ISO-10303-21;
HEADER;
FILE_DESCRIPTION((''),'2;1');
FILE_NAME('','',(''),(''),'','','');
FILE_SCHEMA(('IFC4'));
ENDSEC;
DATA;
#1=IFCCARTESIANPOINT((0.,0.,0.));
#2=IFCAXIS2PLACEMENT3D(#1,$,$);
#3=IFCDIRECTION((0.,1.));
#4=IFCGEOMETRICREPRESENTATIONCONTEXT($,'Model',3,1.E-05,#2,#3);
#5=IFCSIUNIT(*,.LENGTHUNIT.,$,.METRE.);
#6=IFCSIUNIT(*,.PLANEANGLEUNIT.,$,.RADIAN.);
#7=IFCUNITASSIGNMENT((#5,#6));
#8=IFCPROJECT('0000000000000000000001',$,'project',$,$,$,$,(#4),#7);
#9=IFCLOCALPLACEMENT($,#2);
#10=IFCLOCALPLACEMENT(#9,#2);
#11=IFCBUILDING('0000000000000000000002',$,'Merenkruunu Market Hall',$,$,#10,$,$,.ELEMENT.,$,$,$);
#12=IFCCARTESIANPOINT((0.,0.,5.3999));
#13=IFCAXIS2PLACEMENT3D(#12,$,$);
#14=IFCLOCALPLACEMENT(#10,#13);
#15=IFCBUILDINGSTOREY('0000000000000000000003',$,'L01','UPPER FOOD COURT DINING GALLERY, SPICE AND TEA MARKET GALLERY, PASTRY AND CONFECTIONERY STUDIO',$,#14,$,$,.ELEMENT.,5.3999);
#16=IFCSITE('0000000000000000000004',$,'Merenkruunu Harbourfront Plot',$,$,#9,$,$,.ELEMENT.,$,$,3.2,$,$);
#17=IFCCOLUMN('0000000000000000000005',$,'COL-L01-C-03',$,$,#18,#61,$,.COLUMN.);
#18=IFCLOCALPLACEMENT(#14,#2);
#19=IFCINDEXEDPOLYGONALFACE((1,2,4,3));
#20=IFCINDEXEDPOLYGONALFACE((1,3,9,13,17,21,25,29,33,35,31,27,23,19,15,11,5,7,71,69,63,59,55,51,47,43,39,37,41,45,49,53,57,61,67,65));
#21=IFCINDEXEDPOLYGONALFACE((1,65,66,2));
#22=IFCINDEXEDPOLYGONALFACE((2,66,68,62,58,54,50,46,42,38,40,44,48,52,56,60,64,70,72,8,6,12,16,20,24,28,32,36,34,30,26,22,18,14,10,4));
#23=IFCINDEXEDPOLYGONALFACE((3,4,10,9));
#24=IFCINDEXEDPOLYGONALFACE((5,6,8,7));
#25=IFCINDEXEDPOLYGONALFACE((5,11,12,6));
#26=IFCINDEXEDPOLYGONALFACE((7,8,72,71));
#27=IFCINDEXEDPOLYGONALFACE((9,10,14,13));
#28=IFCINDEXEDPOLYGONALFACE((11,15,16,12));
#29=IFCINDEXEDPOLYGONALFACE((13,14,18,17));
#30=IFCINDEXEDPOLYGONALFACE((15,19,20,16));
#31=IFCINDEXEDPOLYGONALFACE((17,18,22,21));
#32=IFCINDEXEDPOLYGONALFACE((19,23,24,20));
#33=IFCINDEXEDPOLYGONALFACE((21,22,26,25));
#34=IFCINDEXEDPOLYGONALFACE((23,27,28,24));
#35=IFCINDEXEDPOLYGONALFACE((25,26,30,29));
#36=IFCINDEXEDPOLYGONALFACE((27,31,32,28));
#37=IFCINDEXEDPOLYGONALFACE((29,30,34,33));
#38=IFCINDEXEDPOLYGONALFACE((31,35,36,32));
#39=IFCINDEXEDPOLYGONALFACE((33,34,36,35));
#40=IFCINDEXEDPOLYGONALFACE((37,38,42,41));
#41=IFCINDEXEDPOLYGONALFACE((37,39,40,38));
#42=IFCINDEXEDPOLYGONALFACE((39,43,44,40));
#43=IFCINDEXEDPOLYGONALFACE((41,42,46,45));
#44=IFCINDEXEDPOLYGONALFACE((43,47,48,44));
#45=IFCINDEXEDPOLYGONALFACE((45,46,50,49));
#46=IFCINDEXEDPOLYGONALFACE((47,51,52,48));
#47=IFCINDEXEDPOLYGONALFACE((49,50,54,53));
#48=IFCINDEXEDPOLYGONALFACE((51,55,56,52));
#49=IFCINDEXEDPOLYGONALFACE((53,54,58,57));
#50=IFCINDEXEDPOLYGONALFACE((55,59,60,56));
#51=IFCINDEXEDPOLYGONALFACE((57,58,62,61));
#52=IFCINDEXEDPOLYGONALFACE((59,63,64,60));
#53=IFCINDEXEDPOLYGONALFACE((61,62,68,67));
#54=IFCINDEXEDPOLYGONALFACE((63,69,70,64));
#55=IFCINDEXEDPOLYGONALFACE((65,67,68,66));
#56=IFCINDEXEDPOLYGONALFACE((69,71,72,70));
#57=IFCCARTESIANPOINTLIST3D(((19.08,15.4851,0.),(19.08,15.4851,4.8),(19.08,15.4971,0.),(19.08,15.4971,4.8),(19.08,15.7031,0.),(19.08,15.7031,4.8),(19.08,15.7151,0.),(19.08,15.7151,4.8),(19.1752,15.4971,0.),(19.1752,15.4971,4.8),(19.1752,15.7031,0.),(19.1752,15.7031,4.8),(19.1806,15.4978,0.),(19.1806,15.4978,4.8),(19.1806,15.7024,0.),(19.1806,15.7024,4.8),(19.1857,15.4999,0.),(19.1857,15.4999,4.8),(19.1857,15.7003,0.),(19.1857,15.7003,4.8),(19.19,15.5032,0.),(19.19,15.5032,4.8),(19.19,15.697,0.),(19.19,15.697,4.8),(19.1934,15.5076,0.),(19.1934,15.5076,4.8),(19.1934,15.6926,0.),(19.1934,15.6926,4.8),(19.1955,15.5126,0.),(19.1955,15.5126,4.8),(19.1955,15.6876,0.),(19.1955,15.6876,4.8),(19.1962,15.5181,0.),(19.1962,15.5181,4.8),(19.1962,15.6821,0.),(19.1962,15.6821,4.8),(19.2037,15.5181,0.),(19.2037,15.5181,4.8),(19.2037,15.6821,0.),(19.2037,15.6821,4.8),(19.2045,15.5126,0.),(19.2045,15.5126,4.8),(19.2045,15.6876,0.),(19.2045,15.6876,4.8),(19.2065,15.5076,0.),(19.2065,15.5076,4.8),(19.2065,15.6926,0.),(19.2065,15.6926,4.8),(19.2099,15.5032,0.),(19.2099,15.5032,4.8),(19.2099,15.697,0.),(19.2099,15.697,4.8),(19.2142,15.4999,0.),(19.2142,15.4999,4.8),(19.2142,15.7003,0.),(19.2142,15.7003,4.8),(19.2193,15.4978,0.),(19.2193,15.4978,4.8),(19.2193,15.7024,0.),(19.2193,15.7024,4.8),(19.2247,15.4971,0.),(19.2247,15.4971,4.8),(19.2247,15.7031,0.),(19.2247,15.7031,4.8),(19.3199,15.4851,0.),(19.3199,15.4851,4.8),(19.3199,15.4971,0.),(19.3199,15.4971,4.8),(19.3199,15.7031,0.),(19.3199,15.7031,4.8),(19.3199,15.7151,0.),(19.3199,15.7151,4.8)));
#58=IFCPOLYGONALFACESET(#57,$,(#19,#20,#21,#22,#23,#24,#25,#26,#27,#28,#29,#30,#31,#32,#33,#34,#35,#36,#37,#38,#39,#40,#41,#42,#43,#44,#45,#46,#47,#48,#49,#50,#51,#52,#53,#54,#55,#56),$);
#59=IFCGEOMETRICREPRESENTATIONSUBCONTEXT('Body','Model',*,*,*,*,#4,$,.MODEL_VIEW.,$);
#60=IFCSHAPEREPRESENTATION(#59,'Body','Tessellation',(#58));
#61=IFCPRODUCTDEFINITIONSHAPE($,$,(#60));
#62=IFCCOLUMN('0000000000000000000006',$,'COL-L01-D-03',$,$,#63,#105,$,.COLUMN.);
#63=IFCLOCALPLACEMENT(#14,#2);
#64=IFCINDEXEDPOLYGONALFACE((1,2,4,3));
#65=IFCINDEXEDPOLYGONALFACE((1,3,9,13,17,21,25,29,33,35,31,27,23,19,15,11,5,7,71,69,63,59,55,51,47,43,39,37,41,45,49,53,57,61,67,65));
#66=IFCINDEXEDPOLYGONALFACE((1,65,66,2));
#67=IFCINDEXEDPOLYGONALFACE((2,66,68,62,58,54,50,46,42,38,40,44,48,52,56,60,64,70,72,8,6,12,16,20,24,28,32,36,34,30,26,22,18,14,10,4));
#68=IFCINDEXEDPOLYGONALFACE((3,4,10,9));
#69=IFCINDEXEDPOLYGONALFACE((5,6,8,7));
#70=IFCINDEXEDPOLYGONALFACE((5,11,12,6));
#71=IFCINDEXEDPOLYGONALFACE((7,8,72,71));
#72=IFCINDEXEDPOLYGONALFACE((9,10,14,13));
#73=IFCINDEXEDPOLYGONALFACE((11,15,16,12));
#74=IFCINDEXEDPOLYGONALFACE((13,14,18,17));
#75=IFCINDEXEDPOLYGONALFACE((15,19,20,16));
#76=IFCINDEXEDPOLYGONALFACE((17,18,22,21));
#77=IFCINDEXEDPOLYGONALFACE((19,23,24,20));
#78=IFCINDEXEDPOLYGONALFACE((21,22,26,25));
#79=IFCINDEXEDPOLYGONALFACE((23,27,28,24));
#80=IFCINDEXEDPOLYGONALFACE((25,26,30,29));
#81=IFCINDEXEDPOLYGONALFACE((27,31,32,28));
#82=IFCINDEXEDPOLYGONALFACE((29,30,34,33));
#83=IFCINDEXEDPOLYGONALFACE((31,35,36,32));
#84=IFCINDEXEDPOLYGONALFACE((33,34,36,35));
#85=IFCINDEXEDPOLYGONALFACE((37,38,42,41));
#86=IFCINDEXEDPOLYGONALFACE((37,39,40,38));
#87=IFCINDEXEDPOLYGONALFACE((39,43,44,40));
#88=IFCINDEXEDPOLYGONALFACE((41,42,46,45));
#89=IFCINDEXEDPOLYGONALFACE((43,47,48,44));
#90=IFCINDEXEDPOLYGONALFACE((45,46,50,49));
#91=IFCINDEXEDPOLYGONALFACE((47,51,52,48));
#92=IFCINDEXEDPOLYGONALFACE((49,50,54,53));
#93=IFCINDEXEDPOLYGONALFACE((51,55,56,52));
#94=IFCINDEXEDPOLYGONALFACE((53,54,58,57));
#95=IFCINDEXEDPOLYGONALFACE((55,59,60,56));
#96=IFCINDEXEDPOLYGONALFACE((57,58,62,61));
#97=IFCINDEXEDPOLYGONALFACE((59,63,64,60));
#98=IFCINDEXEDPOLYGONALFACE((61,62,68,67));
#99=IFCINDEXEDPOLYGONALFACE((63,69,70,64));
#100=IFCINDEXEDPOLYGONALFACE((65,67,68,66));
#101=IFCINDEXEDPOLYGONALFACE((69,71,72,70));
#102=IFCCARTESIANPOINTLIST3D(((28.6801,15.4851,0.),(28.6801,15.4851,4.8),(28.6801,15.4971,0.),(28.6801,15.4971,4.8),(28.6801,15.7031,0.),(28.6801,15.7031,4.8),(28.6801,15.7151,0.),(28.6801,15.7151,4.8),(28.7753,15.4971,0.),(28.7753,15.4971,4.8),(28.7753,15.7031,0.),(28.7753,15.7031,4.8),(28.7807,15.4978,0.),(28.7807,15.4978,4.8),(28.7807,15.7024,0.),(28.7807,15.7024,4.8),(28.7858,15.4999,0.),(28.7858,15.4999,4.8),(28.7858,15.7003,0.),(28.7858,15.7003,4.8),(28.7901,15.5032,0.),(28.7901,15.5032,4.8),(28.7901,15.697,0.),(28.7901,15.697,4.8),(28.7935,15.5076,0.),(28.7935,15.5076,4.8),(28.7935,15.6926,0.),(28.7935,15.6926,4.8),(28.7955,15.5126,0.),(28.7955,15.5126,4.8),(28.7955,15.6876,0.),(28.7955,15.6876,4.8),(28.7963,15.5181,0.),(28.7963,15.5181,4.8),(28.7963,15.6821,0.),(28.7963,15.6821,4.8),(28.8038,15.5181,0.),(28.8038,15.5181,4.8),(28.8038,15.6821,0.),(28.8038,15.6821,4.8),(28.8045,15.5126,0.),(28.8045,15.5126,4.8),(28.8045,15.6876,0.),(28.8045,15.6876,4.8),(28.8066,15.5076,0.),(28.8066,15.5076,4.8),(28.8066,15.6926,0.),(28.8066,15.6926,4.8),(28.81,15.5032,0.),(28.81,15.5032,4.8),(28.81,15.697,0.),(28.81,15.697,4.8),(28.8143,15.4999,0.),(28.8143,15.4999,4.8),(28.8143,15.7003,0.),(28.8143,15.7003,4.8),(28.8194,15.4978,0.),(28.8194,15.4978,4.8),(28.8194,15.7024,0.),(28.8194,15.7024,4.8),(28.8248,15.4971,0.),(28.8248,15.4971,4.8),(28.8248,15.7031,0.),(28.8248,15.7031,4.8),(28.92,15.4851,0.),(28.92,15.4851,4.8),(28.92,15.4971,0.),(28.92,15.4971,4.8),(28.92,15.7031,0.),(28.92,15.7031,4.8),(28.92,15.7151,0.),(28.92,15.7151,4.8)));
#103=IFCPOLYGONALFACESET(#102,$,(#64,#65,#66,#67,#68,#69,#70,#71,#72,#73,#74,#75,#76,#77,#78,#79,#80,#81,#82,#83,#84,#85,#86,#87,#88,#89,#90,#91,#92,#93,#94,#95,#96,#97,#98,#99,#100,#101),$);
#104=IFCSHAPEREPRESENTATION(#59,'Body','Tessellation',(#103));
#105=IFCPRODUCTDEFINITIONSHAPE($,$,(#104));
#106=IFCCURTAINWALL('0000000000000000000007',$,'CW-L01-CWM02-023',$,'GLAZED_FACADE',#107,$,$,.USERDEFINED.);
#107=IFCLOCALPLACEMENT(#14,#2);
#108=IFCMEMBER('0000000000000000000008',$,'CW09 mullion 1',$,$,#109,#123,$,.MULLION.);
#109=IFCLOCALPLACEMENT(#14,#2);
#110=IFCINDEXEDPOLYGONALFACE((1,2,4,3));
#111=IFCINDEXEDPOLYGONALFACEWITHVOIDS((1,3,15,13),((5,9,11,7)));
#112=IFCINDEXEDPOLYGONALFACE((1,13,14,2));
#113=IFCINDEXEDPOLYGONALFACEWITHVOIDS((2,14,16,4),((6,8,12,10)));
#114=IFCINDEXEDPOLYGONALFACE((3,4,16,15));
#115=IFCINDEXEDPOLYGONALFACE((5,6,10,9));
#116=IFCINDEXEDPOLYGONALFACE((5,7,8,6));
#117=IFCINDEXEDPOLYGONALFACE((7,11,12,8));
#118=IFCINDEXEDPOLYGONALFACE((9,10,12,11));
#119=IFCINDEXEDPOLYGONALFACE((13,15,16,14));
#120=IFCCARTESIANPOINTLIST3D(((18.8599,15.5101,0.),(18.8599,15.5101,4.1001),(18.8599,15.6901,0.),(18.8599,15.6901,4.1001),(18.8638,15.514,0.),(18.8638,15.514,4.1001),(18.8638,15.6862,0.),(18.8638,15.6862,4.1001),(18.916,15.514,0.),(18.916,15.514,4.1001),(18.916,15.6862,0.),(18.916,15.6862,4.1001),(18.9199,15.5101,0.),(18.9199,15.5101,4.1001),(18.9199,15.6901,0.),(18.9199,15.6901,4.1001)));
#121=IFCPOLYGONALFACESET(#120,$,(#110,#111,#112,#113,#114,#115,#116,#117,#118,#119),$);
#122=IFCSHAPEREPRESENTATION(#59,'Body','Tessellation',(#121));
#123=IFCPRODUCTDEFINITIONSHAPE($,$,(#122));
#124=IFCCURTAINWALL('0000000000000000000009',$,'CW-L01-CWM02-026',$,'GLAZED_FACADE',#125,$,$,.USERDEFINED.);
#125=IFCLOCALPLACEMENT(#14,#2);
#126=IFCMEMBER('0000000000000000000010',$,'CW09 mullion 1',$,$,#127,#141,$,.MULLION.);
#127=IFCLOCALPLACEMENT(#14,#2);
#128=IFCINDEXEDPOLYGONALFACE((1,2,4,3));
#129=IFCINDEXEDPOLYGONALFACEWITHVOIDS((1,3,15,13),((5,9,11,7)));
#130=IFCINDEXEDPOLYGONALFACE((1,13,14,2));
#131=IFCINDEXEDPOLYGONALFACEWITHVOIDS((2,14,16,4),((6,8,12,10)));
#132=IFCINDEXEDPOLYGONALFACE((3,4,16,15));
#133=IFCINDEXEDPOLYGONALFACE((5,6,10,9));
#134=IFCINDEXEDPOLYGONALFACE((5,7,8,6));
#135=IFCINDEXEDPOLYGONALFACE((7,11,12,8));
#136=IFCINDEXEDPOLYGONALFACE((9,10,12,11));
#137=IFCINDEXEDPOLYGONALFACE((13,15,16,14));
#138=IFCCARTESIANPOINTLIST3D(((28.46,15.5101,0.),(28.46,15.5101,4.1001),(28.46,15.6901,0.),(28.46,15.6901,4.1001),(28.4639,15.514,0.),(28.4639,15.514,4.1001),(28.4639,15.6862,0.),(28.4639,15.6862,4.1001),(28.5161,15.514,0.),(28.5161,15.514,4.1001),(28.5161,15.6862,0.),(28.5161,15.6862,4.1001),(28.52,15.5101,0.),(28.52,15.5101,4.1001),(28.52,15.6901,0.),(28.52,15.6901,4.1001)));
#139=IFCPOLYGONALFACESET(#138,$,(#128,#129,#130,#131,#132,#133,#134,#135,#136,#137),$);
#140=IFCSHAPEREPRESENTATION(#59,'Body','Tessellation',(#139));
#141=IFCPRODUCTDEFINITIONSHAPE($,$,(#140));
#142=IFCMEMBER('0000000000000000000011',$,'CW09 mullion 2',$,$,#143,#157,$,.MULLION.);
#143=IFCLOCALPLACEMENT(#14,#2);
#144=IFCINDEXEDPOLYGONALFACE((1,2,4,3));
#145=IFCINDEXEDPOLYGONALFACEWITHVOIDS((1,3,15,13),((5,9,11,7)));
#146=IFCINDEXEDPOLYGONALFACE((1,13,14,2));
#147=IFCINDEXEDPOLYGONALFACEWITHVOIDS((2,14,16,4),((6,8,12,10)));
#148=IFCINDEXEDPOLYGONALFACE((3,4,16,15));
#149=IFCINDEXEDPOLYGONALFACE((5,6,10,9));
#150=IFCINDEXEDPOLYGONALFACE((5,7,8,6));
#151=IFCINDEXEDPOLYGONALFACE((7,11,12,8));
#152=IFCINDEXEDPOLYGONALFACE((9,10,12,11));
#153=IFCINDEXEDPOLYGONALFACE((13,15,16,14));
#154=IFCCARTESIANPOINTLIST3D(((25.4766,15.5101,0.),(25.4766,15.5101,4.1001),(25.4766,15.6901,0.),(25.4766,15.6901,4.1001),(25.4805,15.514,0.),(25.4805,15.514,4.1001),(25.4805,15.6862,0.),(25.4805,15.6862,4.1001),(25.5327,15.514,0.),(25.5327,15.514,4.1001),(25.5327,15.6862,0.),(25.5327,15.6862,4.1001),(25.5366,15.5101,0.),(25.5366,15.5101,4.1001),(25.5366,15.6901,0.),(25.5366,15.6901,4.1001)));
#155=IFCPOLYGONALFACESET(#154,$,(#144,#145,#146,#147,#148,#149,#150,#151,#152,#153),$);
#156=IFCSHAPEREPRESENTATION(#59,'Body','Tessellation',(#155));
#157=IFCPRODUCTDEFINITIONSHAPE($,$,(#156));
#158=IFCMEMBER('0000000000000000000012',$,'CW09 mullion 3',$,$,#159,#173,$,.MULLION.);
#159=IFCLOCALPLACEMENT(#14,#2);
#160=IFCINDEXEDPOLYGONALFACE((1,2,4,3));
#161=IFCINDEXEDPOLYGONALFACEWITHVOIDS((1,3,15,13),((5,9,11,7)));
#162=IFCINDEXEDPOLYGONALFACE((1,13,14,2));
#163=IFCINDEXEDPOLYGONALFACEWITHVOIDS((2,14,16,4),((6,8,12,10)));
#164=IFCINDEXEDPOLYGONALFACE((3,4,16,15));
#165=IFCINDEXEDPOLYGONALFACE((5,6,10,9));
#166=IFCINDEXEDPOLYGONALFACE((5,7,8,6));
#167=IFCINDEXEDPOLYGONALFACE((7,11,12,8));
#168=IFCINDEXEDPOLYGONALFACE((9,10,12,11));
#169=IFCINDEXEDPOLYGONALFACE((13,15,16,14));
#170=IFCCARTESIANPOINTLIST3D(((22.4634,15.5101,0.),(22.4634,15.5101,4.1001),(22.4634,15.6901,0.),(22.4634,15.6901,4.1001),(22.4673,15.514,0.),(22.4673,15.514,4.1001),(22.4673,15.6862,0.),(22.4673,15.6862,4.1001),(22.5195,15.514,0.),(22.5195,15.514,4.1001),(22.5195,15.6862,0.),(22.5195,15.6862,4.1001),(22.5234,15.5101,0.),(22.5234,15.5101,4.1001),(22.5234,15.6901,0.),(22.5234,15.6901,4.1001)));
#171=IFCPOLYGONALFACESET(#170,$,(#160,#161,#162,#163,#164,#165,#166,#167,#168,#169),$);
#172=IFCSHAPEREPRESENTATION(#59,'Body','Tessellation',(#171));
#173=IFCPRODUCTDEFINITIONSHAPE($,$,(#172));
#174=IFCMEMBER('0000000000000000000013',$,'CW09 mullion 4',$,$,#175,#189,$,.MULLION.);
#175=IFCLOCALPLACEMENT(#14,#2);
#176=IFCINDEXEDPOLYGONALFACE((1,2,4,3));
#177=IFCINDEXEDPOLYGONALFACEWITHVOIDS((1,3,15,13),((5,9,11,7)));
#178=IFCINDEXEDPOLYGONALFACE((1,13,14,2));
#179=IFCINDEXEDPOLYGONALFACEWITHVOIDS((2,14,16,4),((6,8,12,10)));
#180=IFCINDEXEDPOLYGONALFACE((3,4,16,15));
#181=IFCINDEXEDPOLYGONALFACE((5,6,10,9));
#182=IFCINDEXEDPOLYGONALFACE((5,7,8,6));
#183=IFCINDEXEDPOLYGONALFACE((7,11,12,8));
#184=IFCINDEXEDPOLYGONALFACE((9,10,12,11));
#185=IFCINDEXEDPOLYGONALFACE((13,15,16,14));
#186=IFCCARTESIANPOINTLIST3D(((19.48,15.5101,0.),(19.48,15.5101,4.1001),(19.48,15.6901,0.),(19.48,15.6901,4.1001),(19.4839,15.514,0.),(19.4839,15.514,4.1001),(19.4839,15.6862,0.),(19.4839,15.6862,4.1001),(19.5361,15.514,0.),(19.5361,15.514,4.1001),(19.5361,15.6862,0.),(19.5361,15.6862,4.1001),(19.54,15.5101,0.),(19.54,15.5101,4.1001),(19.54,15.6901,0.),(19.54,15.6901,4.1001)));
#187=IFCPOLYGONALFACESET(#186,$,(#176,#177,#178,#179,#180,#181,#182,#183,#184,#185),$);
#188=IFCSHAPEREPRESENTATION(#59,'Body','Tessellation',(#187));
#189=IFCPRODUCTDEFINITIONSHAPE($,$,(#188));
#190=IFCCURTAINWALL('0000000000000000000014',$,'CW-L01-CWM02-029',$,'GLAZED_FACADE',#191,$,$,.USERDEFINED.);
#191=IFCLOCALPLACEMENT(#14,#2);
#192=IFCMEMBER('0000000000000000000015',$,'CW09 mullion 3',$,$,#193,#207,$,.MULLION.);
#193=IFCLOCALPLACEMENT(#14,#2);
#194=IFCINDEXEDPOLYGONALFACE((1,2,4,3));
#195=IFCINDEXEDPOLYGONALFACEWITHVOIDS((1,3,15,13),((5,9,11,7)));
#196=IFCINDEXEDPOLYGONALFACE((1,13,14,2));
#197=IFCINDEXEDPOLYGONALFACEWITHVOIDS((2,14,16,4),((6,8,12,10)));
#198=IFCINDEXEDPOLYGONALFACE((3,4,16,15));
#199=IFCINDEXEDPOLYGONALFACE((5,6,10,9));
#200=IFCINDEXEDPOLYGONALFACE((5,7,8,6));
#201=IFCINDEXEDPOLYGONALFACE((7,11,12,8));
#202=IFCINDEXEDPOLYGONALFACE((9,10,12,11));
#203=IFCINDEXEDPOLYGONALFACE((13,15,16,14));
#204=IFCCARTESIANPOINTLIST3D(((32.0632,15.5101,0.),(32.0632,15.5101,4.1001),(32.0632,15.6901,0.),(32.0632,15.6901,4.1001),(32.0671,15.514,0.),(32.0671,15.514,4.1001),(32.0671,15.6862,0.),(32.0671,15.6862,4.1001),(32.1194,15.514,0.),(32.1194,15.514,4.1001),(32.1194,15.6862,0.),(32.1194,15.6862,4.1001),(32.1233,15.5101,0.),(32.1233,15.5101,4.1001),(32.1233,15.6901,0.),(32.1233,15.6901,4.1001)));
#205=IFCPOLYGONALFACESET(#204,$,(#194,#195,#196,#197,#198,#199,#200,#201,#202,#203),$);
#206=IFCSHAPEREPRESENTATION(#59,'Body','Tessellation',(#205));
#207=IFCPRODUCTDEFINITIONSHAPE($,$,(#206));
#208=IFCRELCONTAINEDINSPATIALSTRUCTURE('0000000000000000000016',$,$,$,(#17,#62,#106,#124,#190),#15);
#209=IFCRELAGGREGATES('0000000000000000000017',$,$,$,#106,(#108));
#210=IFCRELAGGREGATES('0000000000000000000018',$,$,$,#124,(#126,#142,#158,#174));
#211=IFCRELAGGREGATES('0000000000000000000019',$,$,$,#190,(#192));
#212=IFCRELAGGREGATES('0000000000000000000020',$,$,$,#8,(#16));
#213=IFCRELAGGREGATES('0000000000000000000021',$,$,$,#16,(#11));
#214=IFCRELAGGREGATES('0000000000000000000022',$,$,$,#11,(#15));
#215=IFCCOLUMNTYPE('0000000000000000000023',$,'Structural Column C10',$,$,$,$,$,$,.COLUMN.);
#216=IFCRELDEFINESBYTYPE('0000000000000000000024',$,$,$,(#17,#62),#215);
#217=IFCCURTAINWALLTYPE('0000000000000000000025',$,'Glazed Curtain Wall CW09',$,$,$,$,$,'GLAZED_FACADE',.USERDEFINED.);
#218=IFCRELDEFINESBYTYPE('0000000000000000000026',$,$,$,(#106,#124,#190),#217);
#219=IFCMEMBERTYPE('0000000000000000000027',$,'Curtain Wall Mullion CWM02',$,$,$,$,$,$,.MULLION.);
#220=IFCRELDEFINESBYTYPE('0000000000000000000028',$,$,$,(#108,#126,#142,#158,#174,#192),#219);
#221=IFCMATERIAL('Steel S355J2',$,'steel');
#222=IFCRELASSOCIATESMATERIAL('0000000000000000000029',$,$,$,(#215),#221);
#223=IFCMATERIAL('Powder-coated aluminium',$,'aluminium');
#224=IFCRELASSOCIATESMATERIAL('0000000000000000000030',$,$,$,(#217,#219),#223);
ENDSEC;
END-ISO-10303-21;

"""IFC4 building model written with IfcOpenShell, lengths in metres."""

from ifc_helpers import new_model, si_unit, direction, frame, origin, origin_2d, place, context, subcontext, project, spatial, hollow_rectangle, i_section, extrude, material, material_profile, profile_set, type_object, element, aggregate, save


model = new_model("IFC4")

# Units and contexts
model_context = context("Model", 3, precision=1e-05, world=origin(), true_north=direction((0.0, 1.0)))
body_context = subcontext(model_context, "Body", "Model", "MODEL_VIEW")
ifc_project = project(units=[si_unit("LENGTHUNIT", "METRE"), si_unit("PLANEANGLEUNIT", "RADIAN")], contexts=[model_context])

# Site, building, storey
site_placement = place(None, origin())
site = spatial("IfcSite", under=ifc_project, at=site_placement, Name="Merenkruunu Harbourfront Plot", CompositionType="ELEMENT", RefElevation=3.2)
building_placement = place(site_placement, origin())
building = spatial("IfcBuilding", under=site, at=building_placement, Name="Merenkruunu Market Hall", CompositionType="ELEMENT")
storey_placement = place(building_placement, frame((0.0, 0.0, 5.3999)))
storey = spatial("IfcBuildingStorey", under=building, at=storey_placement, Name="L01", Description="UPPER FOOD COURT DINING GALLERY, SPICE AND TEA MARKET GALLERY, PASTRY AND CONFECTIONERY STUDIO", CompositionType="ELEMENT", Elevation=5.3999)

# Columns
ifc_material_1 = material(Name="Steel S355J2", Category="steel")
ifc_material_profile_1 = material_profile(ifc_material_1, i_section(OverallWidth=0.24, OverallDepth=0.23, WebThickness=0.0076, FlangeThickness=0.012, FilletRadius=0.021, at=origin_2d()), Name="HEA 240")
ifc_profile_set_1 = profile_set([ifc_material_profile_1], Name="Steel S355J2")
column_type = type_object("IfcColumnType", Name="Structural Column C10", PredefinedType="COLUMN", material=ifc_profile_set_1)
for number, where, z_axis, x_axis, name in (
    (1, (19.2, 15.6001, 0.0), (0.0, 0.0, 1.0), (1.0, 0.0, 0.0), "COL-L01-C-03"),
    (2, (28.8, 15.6001, 0.0), (0.0, 0.0, 1.0), (1.0, 0.0, 0.0), "COL-L01-D-03"),
):
    element("IfcColumn", number, at=place(storey_placement, frame(where, z_axis=z_axis, x_axis=x_axis)), inside=storey, type_object=column_type, Name=name, PredefinedType="COLUMN", context=body_context, shape_type="SweptSolid", body=[
        extrude(i_section(OverallWidth=0.24, OverallDepth=0.23, WebThickness=0.0076, FlangeThickness=0.012, FilletRadius=0.021, at=origin_2d()), origin(), (0.0, 0.0, 1.0), 4.8),
    ])

# Curtain wall, member
ifc_material_2 = material(Name="Powder-coated aluminium", Category="aluminium")
curtain_wall_type = type_object("IfcCurtainWallType", Name="Glazed Curtain Wall CW09", ElementType="GLAZED_FACADE", PredefinedType="USERDEFINED", material=ifc_material_2)
curtain_wall_1_placement = place(storey_placement, origin())
curtain_wall_1 = element("IfcCurtainWall", 3, at=curtain_wall_1_placement, inside=storey, type_object=curtain_wall_type, Name="CW-L01-CWM02-023", ObjectType="GLAZED_FACADE", PredefinedType="USERDEFINED")
ifc_material_profile_2 = material_profile(ifc_material_2, hollow_rectangle(XDim=0.0601, YDim=0.1799, WallThickness=0.0039, at=origin_2d()), Name="ALU 60x180x4")
ifc_profile_set_2 = profile_set([ifc_material_profile_2], Name="Powder-coated aluminium")
member_type_1 = type_object("IfcMemberType", Name="Curtain Wall Mullion CWM02", PredefinedType="MULLION", material=ifc_profile_set_2)
member_1_placement = place(storey_placement, frame((18.8899, 15.6001, 0.0), z_axis=(0.0, 0.0, 1.0), x_axis=(-1.0, 0.0, 0.0)))
member_1 = element("IfcMember", 4, at=member_1_placement, type_object=member_type_1, Name="CW09 mullion 1", PredefinedType="MULLION", context=body_context, shape_type="SweptSolid", body=[
    extrude(hollow_rectangle(XDim=0.0601, YDim=0.1799, WallThickness=0.0039, at=origin_2d()), origin(), (0.0, 0.0, 1.0), 4.1001),
])
aggregate(curtain_wall_1, [member_1])

# Curtain walls, members
curtain_wall_2_placement = place(storey_placement, origin())
curtain_wall_2 = element("IfcCurtainWall", 5, at=curtain_wall_2_placement, inside=storey, type_object=curtain_wall_type, Name="CW-L01-CWM02-026", ObjectType="GLAZED_FACADE", PredefinedType="USERDEFINED")
member_2_placement = place(storey_placement, frame((28.49, 15.6001, 0.0), z_axis=(0.0, 0.0, 1.0), x_axis=(-1.0, 0.0, 0.0)))
member_2 = element("IfcMember", 6, at=member_2_placement, type_object=member_type_1, Name="CW09 mullion 1", PredefinedType="MULLION", context=body_context, shape_type="SweptSolid", body=[
    extrude(hollow_rectangle(XDim=0.0601, YDim=0.1799, WallThickness=0.0039, at=origin_2d()), origin(), (0.0, 0.0, 1.0), 4.1001),
])
member_3_placement = place(storey_placement, frame((25.5066, 15.6001, 0.0), z_axis=(0.0, 0.0, 1.0), x_axis=(-1.0, 0.0, 0.0)))
member_3 = element("IfcMember", 7, at=member_3_placement, type_object=member_type_1, Name="CW09 mullion 2", PredefinedType="MULLION", context=body_context, shape_type="SweptSolid", body=[
    extrude(hollow_rectangle(XDim=0.0601, YDim=0.1799, WallThickness=0.0039, at=origin_2d()), origin(), (0.0, 0.0, 1.0), 4.1001),
])
member_4_placement = place(storey_placement, frame((22.4934, 15.6001, 0.0), z_axis=(0.0, 0.0, 1.0), x_axis=(-1.0, 0.0, 0.0)))
member_4 = element("IfcMember", 8, at=member_4_placement, type_object=member_type_1, Name="CW09 mullion 3", PredefinedType="MULLION", context=body_context, shape_type="SweptSolid", body=[
    extrude(hollow_rectangle(XDim=0.0601, YDim=0.1799, WallThickness=0.0039, at=origin_2d()), origin(), (0.0, 0.0, 1.0), 4.1001),
])
member_5_placement = place(storey_placement, frame((19.51, 15.6001, 0.0), z_axis=(0.0, 0.0, 1.0), x_axis=(-1.0, 0.0, 0.0)))
member_5 = element("IfcMember", 9, at=member_5_placement, type_object=member_type_1, Name="CW09 mullion 4", PredefinedType="MULLION", context=body_context, shape_type="SweptSolid", body=[
    extrude(hollow_rectangle(XDim=0.0601, YDim=0.1799, WallThickness=0.0039, at=origin_2d()), origin(), (0.0, 0.0, 1.0), 4.1001),
])
curtain_wall_3_placement = place(storey_placement, origin())
curtain_wall_3 = element("IfcCurtainWall", 10, at=curtain_wall_3_placement, inside=storey, type_object=curtain_wall_type, Name="CW-L01-CWM02-029", ObjectType="GLAZED_FACADE", PredefinedType="USERDEFINED")
member_6_placement = place(storey_placement, frame((32.0933, 15.6001, 0.0), z_axis=(0.0, 0.0, 1.0), x_axis=(-1.0, 0.0, 0.0)))
member_6 = element("IfcMember", 11, at=member_6_placement, type_object=member_type_1, Name="CW09 mullion 3", PredefinedType="MULLION", context=body_context, shape_type="SweptSolid", body=[
    extrude(hollow_rectangle(XDim=0.0601, YDim=0.1799, WallThickness=0.0039, at=origin_2d()), origin(), (0.0, 0.0, 1.0), 4.1001),
])

aggregate(curtain_wall_2, [member_2, member_3, member_4, member_5])
aggregate(curtain_wall_3, [member_6])

save(model, "model.ifc")
